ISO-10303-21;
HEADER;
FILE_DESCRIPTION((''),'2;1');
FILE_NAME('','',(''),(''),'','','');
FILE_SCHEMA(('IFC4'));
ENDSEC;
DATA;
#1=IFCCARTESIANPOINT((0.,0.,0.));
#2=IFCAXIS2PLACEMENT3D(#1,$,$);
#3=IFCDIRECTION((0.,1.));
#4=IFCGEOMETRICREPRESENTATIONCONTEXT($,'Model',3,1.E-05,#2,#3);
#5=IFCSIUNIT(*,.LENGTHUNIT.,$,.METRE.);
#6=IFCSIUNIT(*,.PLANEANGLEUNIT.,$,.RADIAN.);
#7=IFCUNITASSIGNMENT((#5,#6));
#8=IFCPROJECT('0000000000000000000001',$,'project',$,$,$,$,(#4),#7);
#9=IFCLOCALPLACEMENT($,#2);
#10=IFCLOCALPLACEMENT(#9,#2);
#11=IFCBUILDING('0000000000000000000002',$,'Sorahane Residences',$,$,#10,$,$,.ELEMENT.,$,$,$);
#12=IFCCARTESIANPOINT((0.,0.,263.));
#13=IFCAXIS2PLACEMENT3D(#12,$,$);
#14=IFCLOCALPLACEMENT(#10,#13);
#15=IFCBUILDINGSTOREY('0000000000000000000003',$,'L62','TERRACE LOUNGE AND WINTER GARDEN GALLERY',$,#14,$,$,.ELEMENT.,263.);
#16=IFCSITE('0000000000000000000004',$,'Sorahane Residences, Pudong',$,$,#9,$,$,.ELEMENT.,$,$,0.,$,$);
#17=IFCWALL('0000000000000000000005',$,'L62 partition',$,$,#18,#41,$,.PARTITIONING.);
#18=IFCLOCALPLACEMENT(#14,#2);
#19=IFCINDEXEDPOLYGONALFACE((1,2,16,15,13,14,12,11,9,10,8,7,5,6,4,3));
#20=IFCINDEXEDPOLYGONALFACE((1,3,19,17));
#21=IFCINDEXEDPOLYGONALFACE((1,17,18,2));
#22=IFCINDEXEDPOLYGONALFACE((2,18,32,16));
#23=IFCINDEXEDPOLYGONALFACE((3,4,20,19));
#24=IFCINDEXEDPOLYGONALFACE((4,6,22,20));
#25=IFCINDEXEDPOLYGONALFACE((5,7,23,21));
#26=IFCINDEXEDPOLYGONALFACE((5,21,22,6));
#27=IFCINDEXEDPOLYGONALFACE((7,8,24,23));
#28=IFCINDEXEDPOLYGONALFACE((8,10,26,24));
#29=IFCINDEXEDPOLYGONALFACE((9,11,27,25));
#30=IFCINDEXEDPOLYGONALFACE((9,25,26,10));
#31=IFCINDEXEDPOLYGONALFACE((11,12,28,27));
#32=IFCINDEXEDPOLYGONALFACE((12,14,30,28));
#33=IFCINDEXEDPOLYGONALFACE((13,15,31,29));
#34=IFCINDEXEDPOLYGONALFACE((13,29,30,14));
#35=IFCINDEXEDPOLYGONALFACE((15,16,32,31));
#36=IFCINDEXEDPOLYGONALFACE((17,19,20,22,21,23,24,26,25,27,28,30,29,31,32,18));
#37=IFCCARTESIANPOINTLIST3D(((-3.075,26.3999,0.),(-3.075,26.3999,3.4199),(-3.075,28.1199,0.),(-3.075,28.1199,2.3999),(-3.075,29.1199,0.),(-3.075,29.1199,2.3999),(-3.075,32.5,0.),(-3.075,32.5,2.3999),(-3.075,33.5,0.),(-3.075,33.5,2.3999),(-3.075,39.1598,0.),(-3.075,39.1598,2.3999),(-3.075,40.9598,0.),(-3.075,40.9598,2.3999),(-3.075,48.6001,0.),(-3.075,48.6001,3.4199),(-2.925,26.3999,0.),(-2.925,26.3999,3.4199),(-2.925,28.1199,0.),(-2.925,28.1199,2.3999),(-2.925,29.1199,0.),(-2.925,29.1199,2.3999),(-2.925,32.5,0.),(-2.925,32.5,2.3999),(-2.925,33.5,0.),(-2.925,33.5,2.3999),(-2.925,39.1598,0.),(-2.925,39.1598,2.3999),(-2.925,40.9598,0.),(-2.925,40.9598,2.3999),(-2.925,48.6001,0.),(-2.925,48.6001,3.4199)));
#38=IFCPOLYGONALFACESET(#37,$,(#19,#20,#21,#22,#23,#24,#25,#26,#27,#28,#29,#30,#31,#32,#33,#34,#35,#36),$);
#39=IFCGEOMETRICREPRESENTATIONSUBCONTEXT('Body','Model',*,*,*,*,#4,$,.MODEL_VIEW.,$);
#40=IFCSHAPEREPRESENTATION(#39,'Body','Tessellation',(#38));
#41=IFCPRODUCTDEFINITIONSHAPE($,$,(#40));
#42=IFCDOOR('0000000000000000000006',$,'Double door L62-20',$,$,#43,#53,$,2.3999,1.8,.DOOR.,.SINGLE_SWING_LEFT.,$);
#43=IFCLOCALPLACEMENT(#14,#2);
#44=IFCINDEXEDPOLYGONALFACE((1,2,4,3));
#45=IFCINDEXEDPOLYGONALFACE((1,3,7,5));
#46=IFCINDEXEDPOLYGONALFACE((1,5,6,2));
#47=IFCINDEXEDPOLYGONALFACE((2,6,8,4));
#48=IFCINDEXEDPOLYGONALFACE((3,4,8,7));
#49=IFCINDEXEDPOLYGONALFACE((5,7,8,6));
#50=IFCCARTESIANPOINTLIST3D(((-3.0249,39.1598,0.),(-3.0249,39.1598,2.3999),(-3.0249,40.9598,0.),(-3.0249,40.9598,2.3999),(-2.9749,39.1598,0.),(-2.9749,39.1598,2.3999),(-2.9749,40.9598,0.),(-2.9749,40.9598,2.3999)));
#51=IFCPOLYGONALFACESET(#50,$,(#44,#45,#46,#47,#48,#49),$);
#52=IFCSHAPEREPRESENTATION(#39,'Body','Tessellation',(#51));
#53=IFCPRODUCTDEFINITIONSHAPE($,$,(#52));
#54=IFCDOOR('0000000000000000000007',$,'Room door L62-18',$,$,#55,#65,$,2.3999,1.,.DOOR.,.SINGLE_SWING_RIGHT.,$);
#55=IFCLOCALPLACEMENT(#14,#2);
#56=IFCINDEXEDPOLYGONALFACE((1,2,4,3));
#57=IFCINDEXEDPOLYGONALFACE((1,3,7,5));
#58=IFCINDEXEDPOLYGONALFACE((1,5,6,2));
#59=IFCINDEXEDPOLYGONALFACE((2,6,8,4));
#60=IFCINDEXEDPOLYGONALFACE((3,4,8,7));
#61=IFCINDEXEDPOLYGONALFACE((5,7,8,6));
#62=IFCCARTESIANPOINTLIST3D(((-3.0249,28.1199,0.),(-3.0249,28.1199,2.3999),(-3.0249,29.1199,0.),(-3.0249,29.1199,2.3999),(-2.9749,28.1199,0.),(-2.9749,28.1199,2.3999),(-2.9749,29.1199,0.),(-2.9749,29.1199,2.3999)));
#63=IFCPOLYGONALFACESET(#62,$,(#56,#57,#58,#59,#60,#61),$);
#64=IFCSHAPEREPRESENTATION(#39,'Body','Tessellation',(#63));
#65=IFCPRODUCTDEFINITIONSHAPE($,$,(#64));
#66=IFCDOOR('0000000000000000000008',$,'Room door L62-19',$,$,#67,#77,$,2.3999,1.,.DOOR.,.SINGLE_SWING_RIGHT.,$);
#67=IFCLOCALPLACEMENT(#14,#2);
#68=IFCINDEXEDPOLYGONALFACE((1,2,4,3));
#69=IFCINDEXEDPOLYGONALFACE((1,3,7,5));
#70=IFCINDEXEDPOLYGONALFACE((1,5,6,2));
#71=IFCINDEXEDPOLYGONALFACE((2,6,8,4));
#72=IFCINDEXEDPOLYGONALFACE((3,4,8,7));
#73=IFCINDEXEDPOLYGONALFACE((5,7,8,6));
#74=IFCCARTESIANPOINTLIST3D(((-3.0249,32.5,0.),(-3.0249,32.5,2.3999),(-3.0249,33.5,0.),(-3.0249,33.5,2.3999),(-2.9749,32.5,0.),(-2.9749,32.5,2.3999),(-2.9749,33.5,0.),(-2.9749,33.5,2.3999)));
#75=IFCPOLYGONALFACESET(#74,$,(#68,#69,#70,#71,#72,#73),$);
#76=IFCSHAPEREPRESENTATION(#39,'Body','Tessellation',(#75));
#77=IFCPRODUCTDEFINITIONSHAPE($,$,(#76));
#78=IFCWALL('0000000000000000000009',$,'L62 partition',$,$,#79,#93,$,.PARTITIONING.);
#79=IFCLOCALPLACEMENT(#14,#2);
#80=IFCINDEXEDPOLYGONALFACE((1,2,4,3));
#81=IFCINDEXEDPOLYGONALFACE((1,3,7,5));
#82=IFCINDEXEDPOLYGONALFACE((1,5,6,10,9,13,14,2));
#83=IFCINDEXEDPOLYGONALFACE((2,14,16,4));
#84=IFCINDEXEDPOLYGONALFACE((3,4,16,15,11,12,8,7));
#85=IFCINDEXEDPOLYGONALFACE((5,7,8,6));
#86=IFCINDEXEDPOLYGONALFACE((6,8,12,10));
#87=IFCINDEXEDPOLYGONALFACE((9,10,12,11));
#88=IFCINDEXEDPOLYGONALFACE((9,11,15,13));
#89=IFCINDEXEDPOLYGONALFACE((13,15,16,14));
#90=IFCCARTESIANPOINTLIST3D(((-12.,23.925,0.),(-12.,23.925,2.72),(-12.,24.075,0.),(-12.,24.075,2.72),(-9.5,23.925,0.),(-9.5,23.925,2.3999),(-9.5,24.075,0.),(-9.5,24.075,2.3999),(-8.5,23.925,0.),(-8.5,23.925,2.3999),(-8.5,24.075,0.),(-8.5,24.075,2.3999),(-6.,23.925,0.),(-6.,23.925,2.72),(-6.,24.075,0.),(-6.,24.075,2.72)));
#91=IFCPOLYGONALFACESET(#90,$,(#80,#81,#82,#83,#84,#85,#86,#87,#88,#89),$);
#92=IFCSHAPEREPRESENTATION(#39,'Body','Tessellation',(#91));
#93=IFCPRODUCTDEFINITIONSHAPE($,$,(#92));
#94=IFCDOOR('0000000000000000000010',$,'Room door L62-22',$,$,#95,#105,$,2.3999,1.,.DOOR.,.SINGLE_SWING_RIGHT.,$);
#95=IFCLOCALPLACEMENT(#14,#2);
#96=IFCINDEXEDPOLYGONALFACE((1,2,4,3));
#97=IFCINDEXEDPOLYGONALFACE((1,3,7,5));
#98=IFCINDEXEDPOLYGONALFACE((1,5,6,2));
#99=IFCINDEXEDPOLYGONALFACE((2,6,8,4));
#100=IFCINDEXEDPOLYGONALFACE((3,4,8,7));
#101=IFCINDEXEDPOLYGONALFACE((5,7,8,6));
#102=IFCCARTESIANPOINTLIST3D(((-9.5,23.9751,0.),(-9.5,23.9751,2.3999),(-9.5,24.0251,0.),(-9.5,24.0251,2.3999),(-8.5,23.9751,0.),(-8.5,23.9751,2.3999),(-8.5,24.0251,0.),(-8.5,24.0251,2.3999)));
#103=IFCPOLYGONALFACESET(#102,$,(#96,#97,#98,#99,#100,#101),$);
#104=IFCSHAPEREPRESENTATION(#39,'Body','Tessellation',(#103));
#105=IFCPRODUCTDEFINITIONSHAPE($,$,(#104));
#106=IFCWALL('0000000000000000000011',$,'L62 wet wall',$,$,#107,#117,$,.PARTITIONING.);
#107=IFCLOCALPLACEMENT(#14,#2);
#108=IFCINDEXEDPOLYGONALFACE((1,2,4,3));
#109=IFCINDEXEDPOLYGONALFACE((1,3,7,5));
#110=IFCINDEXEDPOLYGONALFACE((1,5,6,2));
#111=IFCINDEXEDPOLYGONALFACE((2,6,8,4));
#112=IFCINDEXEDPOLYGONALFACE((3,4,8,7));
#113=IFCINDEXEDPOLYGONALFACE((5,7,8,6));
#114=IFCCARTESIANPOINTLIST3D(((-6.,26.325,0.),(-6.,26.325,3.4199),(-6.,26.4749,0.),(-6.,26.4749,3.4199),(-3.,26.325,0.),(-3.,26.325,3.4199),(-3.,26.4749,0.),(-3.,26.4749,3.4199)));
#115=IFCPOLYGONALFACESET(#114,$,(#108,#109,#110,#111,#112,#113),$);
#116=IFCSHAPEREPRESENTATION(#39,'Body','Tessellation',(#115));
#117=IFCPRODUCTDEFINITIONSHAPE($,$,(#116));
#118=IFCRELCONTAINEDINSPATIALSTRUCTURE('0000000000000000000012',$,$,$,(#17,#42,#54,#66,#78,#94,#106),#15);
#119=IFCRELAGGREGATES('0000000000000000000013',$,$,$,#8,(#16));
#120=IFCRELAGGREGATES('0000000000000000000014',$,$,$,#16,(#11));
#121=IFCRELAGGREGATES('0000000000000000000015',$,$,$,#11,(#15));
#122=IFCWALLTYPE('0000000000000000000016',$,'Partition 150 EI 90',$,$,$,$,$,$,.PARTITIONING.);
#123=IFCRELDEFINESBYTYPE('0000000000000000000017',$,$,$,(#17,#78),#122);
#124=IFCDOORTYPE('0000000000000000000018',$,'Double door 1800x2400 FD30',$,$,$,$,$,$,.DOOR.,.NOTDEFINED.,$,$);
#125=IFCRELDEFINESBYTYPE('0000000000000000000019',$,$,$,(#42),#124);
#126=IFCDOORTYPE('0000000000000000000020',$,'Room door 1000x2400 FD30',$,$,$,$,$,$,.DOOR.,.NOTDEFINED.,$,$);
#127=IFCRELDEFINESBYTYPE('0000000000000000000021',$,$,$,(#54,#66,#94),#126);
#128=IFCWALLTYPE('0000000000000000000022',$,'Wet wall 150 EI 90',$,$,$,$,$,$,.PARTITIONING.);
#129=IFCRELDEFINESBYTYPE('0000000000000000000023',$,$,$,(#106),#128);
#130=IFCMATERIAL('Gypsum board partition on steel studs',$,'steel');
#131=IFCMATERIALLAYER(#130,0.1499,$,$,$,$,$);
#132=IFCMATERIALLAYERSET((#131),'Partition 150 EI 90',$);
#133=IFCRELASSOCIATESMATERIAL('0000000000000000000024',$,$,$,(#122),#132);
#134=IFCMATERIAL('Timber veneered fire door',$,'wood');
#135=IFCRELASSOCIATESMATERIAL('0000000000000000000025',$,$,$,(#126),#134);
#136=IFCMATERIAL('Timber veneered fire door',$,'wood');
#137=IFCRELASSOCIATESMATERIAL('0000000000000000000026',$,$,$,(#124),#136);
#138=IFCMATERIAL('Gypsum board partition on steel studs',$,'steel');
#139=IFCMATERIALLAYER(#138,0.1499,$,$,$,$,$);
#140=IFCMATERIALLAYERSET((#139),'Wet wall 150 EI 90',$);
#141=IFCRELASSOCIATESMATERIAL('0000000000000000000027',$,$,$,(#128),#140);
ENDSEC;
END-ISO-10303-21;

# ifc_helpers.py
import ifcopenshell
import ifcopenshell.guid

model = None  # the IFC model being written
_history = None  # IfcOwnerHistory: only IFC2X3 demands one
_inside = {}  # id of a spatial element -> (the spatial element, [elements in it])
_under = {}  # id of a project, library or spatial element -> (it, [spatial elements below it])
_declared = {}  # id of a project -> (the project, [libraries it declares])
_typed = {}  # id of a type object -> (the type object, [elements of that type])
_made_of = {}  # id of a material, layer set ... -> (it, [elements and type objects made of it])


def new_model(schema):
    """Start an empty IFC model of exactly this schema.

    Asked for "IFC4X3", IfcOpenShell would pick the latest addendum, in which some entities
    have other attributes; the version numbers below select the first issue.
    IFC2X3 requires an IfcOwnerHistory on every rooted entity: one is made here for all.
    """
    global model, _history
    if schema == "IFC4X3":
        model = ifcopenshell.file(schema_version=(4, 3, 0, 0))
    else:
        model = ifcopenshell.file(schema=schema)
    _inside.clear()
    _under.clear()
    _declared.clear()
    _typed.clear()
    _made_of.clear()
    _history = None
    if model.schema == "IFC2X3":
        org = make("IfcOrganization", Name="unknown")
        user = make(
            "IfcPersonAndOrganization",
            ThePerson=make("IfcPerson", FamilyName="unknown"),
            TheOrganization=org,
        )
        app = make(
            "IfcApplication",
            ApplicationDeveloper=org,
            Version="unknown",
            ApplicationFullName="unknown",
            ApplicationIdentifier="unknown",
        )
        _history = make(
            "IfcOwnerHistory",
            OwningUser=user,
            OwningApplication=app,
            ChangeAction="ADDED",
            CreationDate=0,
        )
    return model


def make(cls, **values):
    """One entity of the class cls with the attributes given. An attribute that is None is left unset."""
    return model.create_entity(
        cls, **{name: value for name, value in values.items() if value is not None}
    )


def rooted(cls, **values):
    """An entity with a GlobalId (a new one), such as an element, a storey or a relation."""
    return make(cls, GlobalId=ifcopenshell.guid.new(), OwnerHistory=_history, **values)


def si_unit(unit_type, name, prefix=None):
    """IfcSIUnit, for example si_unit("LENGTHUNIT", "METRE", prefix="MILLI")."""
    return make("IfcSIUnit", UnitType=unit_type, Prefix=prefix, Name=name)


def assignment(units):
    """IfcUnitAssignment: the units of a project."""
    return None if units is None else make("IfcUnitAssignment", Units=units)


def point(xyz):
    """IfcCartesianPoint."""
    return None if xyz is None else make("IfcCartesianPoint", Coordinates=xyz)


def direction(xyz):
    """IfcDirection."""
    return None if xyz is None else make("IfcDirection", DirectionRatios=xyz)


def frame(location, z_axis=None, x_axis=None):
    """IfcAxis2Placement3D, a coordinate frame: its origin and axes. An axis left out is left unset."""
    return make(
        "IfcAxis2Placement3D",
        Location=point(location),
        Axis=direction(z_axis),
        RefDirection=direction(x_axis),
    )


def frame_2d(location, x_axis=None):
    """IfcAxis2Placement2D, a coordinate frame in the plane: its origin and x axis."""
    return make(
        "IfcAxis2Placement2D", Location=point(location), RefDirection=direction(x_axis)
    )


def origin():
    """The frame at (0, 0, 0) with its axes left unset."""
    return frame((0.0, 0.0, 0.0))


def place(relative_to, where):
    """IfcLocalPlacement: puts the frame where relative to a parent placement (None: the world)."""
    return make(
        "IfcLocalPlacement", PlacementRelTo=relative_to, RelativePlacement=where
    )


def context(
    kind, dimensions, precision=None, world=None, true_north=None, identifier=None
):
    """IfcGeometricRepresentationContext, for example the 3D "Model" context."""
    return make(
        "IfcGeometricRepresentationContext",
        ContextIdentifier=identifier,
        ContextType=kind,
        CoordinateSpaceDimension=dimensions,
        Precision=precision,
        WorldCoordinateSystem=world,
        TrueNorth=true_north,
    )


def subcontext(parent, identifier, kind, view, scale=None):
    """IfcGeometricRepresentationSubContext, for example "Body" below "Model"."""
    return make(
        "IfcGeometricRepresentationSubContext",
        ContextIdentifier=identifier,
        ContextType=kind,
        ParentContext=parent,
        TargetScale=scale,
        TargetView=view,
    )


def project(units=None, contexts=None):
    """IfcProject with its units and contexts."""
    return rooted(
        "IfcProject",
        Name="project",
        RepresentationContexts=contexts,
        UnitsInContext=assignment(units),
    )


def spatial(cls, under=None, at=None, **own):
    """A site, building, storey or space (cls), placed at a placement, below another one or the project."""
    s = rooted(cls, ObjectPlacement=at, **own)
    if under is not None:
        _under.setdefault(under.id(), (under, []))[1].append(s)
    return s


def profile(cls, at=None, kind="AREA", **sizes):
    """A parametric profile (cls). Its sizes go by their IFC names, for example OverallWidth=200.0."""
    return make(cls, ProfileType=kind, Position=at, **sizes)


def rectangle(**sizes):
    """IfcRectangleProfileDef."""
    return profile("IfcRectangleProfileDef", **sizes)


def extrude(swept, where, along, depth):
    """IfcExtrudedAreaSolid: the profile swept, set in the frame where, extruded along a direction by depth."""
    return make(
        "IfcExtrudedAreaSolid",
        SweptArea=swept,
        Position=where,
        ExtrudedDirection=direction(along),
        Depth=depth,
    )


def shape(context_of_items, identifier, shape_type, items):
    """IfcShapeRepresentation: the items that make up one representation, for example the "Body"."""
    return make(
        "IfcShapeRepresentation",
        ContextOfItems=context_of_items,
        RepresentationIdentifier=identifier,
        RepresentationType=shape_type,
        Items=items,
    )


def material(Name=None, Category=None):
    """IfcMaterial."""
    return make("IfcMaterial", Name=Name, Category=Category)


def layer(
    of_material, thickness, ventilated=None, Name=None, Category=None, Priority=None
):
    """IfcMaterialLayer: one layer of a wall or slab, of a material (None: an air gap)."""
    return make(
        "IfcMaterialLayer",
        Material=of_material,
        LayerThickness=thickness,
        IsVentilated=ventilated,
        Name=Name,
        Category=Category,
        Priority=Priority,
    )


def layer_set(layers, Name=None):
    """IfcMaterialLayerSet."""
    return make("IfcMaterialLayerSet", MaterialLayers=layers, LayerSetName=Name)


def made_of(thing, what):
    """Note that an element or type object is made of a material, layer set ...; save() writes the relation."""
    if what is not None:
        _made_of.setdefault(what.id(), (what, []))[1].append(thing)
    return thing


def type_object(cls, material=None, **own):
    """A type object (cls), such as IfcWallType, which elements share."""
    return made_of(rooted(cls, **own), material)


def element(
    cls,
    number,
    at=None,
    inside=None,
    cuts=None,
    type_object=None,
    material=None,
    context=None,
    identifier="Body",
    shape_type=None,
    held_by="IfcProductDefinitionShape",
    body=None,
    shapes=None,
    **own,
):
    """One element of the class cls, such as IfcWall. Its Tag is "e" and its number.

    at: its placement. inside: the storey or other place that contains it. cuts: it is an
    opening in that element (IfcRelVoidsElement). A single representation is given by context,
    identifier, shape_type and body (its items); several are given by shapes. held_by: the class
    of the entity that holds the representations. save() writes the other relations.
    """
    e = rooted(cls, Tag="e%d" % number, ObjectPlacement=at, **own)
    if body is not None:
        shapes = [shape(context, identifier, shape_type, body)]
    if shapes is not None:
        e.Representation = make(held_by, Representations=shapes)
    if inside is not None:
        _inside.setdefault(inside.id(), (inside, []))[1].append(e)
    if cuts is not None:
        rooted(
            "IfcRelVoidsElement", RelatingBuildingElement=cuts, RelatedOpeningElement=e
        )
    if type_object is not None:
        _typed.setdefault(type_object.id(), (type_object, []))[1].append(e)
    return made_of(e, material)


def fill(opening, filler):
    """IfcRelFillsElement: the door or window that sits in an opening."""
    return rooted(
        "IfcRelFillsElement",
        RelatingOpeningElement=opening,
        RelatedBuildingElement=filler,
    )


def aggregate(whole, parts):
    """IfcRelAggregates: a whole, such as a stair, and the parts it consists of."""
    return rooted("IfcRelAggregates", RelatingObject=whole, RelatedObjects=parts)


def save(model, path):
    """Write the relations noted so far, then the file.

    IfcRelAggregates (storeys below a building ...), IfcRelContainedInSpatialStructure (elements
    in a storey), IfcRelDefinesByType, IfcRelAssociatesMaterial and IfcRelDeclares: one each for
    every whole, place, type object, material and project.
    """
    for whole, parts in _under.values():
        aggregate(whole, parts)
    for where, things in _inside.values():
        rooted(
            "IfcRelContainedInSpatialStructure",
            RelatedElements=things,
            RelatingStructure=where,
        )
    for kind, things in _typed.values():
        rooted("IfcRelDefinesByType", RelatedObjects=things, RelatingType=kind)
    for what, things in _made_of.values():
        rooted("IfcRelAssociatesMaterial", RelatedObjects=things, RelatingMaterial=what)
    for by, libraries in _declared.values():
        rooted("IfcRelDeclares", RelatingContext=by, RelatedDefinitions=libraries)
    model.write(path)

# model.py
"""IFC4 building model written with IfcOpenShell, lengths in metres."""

from ifc_helpers import new_model, si_unit, direction, frame, frame_2d, origin, place, context, subcontext, project, spatial, rectangle, extrude, material, layer, layer_set, type_object, element, fill, save


model = new_model("IFC4")

# Units and contexts
model_context = context("Model", 3, precision=1e-05, world=origin(), true_north=direction((0.0, 1.0)))
body_context = subcontext(model_context, "Body", "Model", "MODEL_VIEW")
ifc_project = project(units=[si_unit("LENGTHUNIT", "METRE"), si_unit("PLANEANGLEUNIT", "RADIAN")], contexts=[model_context])

# Site, building, storey
site_placement = place(None, origin())
site = spatial("IfcSite", under=ifc_project, at=site_placement, Name="Sorahane Residences, Pudong", CompositionType="ELEMENT", RefElevation=0.0)
building_placement = place(site_placement, origin())
building = spatial("IfcBuilding", under=site, at=building_placement, Name="Sorahane Residences", CompositionType="ELEMENT")
storey_placement = place(building_placement, frame((0.0, 0.0, 263.0)))
storey = spatial("IfcBuildingStorey", under=building, at=storey_placement, Name="L62", Description="TERRACE LOUNGE AND WINTER GARDEN GALLERY", CompositionType="ELEMENT", Elevation=263.0)

# Wall, openings, doors
ifc_material_1 = material(Name="Gypsum board partition on steel studs", Category="steel")
ifc_layer_1 = layer(ifc_material_1, 0.1499)
ifc_layer_set_1 = layer_set([ifc_layer_1], Name="Partition 150 EI 90")
wall_type_1 = type_object("IfcWallType", Name="Partition 150 EI 90", PredefinedType="PARTITIONING", material=ifc_layer_set_1)
ifc_material_2 = material(Name="Timber veneered fire door", Category="wood")
door_type_1 = type_object("IfcDoorType", Name="Room door 1000x2400 FD30", OperationType="NOTDEFINED", PredefinedType="DOOR", material=ifc_material_2)
wall_1_placement = place(storey_placement, frame((-3.0, 26.3999, 0.0), z_axis=(0.0, 0.0, 1.0), x_axis=(0.0, 1.0, 0.0)))
wall_1 = element("IfcWall", 1, at=wall_1_placement, inside=storey, type_object=wall_type_1, Name="L62 partition", PredefinedType="PARTITIONING", context=body_context, shape_type="SweptSolid", body=[
    extrude(rectangle(XDim=22.2002, YDim=0.1499, at=frame_2d((11.1001, 0.0))), origin(), (0.0, 0.0, 1.0), 3.4199),
])
opening_1_placement = place(wall_1_placement, frame((1.72, 0.0, 0.0)))
opening_1 = element("IfcOpeningElement", 2, at=opening_1_placement, cuts=wall_1, PredefinedType="OPENING", context=body_context, shape_type="SweptSolid", body=[
    extrude(rectangle(XDim=1.0, YDim=2.3999, at=frame_2d((0.5, 1.2))), frame((0.0, 0.085, 0.0), z_axis=(0.0, -1.0, 0.0), x_axis=(1.0, 0.0, 0.0)), (0.0, 0.0, 1.0), 0.1699),
])
opening_2_placement = place(wall_1_placement, frame((6.1001, 0.0, 0.0)))
opening_2 = element("IfcOpeningElement", 3, at=opening_2_placement, cuts=wall_1, PredefinedType="OPENING", context=body_context, shape_type="SweptSolid", body=[
    extrude(rectangle(XDim=1.0, YDim=2.3999, at=frame_2d((0.5, 1.2))), frame((0.0, 0.085, 0.0), z_axis=(0.0, -1.0, 0.0), x_axis=(1.0, 0.0, 0.0)), (0.0, 0.0, 1.0), 0.1699),
])
opening_3_placement = place(wall_1_placement, frame((12.76, 0.0, 0.0)))
opening_3 = element("IfcOpeningElement", 4, at=opening_3_placement, cuts=wall_1, PredefinedType="OPENING", context=body_context, shape_type="SweptSolid", body=[
    extrude(rectangle(XDim=1.8, YDim=2.3999, at=frame_2d((0.8999, 1.2))), frame((0.0, 0.085, 0.0), z_axis=(0.0, -1.0, 0.0), x_axis=(1.0, 0.0, 0.0)), (0.0, 0.0, 1.0), 0.1699),
])
ifc_material_3 = material(Name="Timber veneered fire door", Category="wood")
door_type_2 = type_object("IfcDoorType", Name="Double door 1800x2400 FD30", OperationType="NOTDEFINED", PredefinedType="DOOR", material=ifc_material_3)
door_1_placement = place(opening_3_placement, origin())
door_1 = element("IfcDoor", 5, at=door_1_placement, inside=storey, type_object=door_type_2, Name="Double door L62-20", OperationType="SINGLE_SWING_LEFT", OverallHeight=2.3999, OverallWidth=1.8, PredefinedType="DOOR", context=body_context, shape_type="SweptSolid", body=[
    extrude(rectangle(XDim=1.8, YDim=2.3999, at=frame_2d((0.8999, 1.2))), frame((0.0, 0.0249, 0.0), z_axis=(0.0, -1.0, 0.0), x_axis=(1.0, 0.0, 0.0)), (0.0, 0.0, 1.0), 0.05),
])
fill(opening_3, door_1)
door_2_placement = place(opening_1_placement, origin())
door_2 = element("IfcDoor", 6, at=door_2_placement, inside=storey, type_object=door_type_1, Name="Room door L62-18", OperationType="SINGLE_SWING_RIGHT", OverallHeight=2.3999, OverallWidth=1.0, PredefinedType="DOOR", context=body_context, shape_type="SweptSolid", body=[
    extrude(rectangle(XDim=1.0, YDim=2.3999, at=frame_2d((0.5, 1.2))), frame((0.0, 0.0249, 0.0), z_axis=(0.0, -1.0, 0.0), x_axis=(1.0, 0.0, 0.0)), (0.0, 0.0, 1.0), 0.05),
])
fill(opening_1, door_2)
door_3_placement = place(opening_2_placement, origin())
door_3 = element("IfcDoor", 7, at=door_3_placement, inside=storey, type_object=door_type_1, Name="Room door L62-19", OperationType="SINGLE_SWING_RIGHT", OverallHeight=2.3999, OverallWidth=1.0, PredefinedType="DOOR", context=body_context, shape_type="SweptSolid", body=[
    extrude(rectangle(XDim=1.0, YDim=2.3999, at=frame_2d((0.5, 1.2))), frame((0.0, 0.0249, 0.0), z_axis=(0.0, -1.0, 0.0), x_axis=(1.0, 0.0, 0.0)), (0.0, 0.0, 1.0), 0.05),
])
fill(opening_2, door_3)

# Wall, opening, door
wall_2_placement = place(storey_placement, frame((-12.0, 24.0, 0.0), z_axis=(0.0, 0.0, 1.0), x_axis=(1.0, 0.0, 0.0)))
wall_2 = element("IfcWall", 8, at=wall_2_placement, inside=storey, type_object=wall_type_1, Name="L62 partition", PredefinedType="PARTITIONING", context=body_context, shape_type="SweptSolid", body=[
    extrude(rectangle(XDim=6.0, YDim=0.1499, at=frame_2d((3.0, 0.0))), origin(), (0.0, 0.0, 1.0), 2.72),
])
opening_4_placement = place(wall_2_placement, frame((2.5, 0.0, 0.0)))
opening_4 = element("IfcOpeningElement", 9, at=opening_4_placement, cuts=wall_2, PredefinedType="OPENING", context=body_context, shape_type="SweptSolid", body=[
    extrude(rectangle(XDim=1.0, YDim=2.3999, at=frame_2d((0.5, 1.2))), frame((0.0, 0.085, 0.0), z_axis=(0.0, -1.0, 0.0), x_axis=(1.0, 0.0, 0.0)), (0.0, 0.0, 1.0), 0.1699),
])
door_4_placement = place(opening_4_placement, frame((1.0, 0.0, 0.0), z_axis=(0.0, 0.0, 1.0), x_axis=(-1.0, 0.0, 0.0)))
door_4 = element("IfcDoor", 10, at=door_4_placement, inside=storey, type_object=door_type_1, Name="Room door L62-22", OperationType="SINGLE_SWING_RIGHT", OverallHeight=2.3999, OverallWidth=1.0, PredefinedType="DOOR", context=body_context, shape_type="SweptSolid", body=[
    extrude(rectangle(XDim=1.0, YDim=2.3999, at=frame_2d((0.5, 1.2))), frame((0.0, 0.0249, 0.0), z_axis=(0.0, -1.0, 0.0), x_axis=(1.0, 0.0, 0.0)), (0.0, 0.0, 1.0), 0.05),
])
fill(opening_4, door_4)

# Wall
ifc_material_4 = material(Name="Gypsum board partition on steel studs", Category="steel")
ifc_layer_2 = layer(ifc_material_4, 0.1499)
ifc_layer_set_2 = layer_set([ifc_layer_2], Name="Wet wall 150 EI 90")
wall_type_2 = type_object("IfcWallType", Name="Wet wall 150 EI 90", PredefinedType="PARTITIONING", material=ifc_layer_set_2)
wall_3_placement = place(storey_placement, frame((-6.0, 26.3999, 0.0), z_axis=(0.0, 0.0, 1.0), x_axis=(1.0, 0.0, 0.0)))
element("IfcWall", 11, at=wall_3_placement, inside=storey, type_object=wall_type_2, Name="L62 wet wall", PredefinedType="PARTITIONING", context=body_context, shape_type="SweptSolid", body=[
    extrude(rectangle(XDim=3.0, YDim=0.1499, at=frame_2d((1.5, 0.0))), origin(), (0.0, 0.0, 1.0), 3.4199),
])

save(model, "model.ifc")
